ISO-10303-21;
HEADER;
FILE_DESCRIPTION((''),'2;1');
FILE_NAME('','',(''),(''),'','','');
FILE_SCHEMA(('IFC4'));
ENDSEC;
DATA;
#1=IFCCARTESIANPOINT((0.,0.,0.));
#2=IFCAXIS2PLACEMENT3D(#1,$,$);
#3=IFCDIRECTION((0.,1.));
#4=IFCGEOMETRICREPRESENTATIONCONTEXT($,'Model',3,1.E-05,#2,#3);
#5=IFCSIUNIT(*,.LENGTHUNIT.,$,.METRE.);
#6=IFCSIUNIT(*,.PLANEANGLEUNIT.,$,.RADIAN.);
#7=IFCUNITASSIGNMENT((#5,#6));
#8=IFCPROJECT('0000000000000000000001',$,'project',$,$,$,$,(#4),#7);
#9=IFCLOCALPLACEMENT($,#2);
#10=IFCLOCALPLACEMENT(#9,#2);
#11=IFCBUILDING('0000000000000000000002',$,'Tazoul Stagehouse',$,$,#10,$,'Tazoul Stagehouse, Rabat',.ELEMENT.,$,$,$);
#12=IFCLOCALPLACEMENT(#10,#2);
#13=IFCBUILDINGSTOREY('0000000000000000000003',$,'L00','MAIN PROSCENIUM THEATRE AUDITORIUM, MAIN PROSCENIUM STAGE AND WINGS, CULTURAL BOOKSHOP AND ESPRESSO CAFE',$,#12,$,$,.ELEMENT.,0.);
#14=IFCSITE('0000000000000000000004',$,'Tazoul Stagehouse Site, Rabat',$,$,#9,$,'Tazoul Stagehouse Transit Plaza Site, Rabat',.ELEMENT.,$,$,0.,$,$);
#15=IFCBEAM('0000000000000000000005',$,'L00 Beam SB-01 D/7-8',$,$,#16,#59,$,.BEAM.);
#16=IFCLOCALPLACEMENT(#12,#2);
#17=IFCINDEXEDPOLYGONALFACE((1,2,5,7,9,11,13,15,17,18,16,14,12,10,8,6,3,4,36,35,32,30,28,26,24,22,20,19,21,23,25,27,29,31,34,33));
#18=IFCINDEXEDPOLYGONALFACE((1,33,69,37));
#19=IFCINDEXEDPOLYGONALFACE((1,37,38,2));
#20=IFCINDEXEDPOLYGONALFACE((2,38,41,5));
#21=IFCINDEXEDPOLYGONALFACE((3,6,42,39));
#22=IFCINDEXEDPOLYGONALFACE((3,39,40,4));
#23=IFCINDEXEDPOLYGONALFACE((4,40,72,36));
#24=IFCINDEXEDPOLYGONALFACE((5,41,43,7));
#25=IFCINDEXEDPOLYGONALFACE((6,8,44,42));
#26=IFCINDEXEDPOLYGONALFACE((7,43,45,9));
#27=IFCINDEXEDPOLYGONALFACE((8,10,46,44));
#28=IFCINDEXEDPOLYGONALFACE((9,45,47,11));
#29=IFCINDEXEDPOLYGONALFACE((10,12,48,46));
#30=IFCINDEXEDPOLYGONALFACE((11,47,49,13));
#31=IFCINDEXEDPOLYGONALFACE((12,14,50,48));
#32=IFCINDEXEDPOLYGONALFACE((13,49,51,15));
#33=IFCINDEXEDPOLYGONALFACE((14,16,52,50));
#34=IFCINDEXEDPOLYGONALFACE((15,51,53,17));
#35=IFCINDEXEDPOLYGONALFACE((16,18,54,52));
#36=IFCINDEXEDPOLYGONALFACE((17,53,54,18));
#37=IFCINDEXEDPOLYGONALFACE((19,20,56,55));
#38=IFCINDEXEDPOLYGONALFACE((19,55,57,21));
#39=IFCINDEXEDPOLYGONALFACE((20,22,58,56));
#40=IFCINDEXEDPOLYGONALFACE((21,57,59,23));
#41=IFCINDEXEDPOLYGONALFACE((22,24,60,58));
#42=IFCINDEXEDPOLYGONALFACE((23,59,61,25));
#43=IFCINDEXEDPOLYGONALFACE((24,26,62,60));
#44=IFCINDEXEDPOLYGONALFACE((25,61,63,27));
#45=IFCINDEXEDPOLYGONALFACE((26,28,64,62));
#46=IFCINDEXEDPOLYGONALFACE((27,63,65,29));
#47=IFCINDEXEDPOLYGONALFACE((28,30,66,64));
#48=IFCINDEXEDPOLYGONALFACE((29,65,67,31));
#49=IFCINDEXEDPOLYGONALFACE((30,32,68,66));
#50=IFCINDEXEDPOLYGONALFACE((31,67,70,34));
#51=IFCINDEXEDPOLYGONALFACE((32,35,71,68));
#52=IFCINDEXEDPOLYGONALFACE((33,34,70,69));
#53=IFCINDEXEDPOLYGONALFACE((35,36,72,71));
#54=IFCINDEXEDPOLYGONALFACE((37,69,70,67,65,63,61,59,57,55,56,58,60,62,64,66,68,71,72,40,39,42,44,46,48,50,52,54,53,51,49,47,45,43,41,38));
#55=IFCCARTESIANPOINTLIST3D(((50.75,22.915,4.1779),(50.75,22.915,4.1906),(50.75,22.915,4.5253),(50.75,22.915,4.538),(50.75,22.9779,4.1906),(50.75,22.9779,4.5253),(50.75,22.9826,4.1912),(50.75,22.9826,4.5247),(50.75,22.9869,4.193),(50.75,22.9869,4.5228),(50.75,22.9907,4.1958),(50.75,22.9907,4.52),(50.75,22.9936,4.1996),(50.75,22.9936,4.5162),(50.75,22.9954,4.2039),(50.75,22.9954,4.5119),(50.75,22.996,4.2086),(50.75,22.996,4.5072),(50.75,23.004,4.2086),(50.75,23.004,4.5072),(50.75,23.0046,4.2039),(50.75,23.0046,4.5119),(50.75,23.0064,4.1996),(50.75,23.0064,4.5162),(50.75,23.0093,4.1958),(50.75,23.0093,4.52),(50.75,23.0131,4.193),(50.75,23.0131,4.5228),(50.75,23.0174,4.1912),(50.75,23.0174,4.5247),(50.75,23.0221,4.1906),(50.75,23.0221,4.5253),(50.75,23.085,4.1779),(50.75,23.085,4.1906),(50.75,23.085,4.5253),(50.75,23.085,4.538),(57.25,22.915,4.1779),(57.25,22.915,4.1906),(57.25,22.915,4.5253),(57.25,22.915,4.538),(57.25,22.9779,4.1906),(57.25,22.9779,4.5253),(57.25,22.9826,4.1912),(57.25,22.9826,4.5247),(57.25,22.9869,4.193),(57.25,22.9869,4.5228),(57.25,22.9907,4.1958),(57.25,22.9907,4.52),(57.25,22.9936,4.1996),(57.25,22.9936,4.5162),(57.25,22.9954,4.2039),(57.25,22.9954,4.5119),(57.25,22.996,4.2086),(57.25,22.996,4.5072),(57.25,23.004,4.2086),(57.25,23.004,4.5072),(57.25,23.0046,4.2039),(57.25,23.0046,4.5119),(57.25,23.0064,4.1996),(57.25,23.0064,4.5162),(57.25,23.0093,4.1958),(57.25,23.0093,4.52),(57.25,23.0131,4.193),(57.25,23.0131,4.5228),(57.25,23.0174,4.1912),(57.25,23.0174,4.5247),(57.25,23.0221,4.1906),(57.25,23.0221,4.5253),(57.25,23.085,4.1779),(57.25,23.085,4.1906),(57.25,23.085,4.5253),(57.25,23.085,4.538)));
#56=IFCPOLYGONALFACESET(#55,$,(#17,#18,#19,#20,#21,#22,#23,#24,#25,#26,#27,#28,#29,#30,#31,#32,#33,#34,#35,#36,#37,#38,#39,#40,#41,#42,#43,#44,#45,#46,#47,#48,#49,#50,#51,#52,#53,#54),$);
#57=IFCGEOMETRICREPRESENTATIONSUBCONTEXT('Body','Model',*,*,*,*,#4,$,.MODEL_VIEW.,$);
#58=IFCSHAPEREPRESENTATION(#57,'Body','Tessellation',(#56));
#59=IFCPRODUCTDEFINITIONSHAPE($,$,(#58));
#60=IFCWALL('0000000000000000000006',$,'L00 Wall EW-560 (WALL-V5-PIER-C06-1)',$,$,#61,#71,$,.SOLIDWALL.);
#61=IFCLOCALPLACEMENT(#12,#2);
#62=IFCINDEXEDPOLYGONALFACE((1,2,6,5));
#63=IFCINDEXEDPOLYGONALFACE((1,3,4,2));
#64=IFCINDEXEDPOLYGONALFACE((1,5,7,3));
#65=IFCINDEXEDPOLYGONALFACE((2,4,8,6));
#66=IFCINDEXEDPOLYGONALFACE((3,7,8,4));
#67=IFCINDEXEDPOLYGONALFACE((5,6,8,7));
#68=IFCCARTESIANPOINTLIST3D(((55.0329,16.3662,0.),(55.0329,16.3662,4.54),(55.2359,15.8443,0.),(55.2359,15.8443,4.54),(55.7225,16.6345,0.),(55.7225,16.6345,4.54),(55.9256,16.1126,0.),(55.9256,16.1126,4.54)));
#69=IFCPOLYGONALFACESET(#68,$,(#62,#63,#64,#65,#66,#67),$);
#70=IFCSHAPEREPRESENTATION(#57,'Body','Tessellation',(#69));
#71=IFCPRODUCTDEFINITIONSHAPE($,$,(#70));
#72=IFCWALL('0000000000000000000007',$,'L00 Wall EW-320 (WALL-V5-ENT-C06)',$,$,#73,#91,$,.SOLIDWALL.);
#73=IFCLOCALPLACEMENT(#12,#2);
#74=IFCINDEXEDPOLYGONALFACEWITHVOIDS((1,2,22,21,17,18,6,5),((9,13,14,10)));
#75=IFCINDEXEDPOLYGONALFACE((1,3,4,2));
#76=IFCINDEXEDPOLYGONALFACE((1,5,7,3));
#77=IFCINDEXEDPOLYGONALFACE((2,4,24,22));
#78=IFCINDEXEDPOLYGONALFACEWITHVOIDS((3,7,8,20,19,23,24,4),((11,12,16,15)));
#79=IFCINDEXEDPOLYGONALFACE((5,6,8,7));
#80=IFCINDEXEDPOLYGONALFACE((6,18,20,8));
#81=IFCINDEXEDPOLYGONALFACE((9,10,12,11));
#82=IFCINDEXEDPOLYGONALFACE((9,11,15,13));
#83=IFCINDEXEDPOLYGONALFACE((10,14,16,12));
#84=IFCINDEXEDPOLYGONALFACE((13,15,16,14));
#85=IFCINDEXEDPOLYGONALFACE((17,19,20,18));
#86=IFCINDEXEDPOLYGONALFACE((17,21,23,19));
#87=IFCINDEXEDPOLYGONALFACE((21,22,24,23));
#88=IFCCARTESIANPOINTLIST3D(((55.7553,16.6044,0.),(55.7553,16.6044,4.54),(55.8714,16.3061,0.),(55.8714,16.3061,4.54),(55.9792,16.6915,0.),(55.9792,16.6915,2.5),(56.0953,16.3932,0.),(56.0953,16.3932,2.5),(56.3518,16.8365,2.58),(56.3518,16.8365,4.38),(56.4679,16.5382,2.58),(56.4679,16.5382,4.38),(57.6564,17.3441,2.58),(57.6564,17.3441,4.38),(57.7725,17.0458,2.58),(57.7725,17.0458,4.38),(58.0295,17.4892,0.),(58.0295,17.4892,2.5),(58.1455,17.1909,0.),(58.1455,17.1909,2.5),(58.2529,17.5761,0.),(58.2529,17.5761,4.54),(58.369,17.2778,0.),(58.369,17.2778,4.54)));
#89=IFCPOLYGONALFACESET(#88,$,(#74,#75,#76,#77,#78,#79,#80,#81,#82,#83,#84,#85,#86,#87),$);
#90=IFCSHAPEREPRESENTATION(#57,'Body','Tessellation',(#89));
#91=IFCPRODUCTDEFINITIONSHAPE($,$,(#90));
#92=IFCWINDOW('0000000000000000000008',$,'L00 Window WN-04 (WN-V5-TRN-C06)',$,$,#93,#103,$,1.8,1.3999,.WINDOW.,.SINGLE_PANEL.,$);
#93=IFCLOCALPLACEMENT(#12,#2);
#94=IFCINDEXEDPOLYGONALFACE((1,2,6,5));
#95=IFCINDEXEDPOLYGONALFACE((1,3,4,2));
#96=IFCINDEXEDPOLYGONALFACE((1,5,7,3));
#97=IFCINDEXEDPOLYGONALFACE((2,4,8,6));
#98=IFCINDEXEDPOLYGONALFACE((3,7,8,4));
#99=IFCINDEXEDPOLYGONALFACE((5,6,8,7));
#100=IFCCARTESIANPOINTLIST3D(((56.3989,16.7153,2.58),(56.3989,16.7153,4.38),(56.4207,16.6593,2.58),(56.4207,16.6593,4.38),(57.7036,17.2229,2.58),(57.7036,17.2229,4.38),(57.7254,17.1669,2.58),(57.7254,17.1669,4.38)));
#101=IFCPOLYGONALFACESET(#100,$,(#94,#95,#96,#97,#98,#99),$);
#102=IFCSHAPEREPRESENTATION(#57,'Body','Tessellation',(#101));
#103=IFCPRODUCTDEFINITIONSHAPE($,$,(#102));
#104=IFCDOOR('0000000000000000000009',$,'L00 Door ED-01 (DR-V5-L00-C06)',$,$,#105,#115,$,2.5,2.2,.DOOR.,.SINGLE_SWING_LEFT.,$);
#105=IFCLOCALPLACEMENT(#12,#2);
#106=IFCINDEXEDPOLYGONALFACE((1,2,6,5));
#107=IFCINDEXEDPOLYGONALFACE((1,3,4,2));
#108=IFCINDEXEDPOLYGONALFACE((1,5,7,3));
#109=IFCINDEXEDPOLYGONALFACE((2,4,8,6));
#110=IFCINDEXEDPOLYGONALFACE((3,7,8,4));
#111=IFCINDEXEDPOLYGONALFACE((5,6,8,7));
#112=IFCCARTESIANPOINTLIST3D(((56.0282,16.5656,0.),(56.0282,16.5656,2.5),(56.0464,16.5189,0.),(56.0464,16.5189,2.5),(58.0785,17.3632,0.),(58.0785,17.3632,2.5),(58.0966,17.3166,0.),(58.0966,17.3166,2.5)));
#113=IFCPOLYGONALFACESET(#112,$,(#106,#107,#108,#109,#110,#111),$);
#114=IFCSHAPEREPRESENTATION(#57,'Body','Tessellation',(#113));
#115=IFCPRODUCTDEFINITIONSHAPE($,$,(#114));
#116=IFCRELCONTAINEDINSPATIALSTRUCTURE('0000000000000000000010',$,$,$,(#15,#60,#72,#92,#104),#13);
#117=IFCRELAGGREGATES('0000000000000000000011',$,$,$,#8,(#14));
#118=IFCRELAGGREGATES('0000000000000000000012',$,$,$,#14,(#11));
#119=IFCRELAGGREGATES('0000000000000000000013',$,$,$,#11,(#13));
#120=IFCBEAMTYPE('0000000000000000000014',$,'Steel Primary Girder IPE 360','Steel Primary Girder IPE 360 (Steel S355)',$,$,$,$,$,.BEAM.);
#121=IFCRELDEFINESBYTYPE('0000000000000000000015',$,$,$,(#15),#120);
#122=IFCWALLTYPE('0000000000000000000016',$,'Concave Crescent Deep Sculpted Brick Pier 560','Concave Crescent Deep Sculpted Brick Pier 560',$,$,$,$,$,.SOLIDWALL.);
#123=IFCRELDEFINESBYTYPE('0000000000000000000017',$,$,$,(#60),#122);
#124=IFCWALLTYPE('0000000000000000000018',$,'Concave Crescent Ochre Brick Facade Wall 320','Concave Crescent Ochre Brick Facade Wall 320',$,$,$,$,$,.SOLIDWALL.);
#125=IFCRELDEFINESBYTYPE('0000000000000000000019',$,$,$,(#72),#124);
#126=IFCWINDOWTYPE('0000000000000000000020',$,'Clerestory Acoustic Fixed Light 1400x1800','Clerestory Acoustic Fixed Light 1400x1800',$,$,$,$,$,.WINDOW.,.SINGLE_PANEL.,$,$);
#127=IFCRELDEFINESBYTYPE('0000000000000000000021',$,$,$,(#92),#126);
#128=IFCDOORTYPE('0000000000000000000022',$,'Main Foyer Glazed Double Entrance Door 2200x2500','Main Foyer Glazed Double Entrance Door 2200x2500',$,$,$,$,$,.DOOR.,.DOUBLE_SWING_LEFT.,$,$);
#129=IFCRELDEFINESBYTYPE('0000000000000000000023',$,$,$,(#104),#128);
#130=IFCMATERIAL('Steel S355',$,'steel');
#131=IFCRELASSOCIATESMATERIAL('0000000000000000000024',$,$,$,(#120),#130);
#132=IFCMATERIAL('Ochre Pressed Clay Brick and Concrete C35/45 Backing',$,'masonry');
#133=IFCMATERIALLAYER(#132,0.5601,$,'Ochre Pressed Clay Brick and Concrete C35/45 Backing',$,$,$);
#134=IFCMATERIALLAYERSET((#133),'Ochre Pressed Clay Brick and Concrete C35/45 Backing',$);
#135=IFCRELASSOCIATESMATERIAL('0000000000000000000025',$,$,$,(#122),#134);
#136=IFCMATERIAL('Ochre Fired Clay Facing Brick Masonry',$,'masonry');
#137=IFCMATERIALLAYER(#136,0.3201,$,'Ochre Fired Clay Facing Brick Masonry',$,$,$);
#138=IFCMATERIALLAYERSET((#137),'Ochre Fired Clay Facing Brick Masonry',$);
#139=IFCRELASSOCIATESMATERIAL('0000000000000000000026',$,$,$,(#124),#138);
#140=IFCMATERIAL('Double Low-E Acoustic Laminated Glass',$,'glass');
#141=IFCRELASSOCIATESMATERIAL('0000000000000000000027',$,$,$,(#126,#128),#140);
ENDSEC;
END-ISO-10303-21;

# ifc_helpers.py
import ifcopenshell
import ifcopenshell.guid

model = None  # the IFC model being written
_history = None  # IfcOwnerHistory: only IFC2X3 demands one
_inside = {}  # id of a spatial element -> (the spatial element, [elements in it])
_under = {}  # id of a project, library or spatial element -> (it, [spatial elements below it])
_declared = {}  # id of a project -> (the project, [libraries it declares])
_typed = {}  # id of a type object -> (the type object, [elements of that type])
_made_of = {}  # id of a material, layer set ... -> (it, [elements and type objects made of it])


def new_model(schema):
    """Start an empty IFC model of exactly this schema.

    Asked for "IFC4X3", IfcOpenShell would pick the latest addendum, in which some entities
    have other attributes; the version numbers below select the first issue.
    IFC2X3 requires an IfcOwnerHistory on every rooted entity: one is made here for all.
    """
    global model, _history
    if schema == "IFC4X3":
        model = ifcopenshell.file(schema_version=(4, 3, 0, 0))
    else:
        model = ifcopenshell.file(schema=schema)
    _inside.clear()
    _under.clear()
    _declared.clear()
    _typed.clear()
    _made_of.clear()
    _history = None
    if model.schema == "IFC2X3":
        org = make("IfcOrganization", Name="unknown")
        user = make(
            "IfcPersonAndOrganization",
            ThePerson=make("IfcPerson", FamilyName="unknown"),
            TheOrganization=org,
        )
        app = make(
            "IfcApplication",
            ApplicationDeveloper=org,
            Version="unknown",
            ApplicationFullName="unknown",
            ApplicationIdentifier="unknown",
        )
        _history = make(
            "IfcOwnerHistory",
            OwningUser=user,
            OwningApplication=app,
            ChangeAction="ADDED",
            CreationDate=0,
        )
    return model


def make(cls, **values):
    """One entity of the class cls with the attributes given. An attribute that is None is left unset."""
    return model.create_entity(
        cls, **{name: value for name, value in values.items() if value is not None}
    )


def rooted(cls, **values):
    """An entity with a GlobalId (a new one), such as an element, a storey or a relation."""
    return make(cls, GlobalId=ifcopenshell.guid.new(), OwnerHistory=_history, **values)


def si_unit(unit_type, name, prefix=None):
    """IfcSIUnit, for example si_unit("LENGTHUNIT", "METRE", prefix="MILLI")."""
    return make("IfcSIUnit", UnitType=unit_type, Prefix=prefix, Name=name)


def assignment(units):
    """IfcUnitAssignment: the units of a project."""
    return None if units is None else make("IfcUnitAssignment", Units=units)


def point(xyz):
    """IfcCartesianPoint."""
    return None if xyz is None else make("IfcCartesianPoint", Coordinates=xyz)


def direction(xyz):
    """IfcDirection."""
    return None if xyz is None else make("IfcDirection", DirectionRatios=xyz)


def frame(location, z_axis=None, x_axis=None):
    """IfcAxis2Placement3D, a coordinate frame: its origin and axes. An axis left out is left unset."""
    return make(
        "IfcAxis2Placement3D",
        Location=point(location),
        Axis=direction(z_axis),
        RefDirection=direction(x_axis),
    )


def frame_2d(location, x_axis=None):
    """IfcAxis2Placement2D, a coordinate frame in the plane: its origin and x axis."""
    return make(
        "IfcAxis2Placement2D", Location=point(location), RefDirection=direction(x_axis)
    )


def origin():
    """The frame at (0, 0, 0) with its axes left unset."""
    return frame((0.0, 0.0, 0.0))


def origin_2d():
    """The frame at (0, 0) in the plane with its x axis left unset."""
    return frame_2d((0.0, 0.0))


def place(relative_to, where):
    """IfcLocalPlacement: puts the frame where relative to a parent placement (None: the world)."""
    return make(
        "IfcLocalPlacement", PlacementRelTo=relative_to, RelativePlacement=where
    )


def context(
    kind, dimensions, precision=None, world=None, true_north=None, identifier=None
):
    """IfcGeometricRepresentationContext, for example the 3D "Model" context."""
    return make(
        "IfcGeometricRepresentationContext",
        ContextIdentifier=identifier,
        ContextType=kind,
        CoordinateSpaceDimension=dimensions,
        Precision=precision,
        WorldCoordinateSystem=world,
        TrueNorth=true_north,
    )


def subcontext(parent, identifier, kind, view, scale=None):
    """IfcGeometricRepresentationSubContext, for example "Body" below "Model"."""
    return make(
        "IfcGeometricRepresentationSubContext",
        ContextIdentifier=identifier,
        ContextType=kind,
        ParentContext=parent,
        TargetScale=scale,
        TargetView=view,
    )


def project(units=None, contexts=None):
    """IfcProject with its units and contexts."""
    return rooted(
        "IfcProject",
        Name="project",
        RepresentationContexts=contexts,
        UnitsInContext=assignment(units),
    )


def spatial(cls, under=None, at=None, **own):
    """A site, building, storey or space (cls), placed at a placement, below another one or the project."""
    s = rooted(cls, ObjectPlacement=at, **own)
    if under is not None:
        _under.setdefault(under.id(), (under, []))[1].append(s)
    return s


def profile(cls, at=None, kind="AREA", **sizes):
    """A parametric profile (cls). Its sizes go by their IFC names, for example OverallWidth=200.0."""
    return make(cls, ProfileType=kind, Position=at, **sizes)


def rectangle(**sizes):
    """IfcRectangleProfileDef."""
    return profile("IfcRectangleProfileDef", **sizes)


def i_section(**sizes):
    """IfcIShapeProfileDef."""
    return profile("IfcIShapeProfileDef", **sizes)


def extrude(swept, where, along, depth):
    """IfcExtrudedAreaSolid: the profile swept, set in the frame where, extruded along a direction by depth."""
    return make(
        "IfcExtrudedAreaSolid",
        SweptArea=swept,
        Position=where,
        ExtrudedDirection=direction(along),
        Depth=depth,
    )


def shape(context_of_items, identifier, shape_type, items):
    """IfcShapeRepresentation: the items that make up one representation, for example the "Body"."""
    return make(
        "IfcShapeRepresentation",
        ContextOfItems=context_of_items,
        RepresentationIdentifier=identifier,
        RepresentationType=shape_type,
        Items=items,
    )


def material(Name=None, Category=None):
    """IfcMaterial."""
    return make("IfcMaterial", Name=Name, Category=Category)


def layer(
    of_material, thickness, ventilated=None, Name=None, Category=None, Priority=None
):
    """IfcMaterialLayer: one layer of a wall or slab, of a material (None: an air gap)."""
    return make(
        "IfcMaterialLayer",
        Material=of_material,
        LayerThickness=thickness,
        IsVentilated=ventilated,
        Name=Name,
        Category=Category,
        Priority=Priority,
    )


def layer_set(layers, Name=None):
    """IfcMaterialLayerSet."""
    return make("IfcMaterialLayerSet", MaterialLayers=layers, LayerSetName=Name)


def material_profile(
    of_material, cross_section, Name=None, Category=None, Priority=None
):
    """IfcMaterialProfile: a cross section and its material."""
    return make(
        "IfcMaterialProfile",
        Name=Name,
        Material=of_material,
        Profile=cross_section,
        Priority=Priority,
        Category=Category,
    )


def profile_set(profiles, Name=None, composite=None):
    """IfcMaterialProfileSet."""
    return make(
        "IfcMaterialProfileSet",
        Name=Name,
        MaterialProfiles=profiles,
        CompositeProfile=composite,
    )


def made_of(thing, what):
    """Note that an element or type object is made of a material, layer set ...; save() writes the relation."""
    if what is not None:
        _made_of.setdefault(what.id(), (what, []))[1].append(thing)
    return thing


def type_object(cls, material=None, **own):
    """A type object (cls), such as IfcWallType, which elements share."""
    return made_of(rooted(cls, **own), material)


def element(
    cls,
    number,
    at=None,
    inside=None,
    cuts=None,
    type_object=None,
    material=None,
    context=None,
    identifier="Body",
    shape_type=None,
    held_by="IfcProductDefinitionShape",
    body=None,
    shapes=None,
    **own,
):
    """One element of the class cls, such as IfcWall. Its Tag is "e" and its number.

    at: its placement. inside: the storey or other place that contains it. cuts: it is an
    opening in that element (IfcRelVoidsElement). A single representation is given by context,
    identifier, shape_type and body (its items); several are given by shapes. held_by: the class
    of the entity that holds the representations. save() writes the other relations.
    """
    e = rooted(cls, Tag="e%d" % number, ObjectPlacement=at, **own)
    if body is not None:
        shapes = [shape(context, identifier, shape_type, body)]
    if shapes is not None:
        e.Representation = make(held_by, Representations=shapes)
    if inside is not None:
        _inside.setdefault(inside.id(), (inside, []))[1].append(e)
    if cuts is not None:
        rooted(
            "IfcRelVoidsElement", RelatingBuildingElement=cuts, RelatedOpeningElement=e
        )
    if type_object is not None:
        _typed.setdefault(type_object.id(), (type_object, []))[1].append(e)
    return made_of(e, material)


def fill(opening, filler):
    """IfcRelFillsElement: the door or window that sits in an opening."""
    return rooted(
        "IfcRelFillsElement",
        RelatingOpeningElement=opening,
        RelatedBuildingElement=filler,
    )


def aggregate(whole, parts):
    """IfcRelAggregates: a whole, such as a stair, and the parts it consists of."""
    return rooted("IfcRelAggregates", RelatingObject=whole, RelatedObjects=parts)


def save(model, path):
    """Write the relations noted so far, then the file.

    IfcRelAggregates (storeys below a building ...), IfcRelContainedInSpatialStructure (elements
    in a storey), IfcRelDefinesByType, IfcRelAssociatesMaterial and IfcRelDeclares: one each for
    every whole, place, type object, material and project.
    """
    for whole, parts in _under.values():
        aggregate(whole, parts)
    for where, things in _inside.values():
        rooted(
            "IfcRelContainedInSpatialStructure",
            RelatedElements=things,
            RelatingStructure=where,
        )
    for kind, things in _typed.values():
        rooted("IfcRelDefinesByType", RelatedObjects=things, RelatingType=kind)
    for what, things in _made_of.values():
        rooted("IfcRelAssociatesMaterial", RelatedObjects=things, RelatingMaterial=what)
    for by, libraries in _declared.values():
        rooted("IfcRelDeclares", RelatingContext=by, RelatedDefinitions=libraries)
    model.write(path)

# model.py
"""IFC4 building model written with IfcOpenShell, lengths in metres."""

from ifc_helpers import new_model, si_unit, direction, frame, frame_2d, origin, origin_2d, place, context, subcontext, project, spatial, rectangle, i_section, extrude, material, layer, layer_set, material_profile, profile_set, type_object, element, fill, save


model = new_model("IFC4")

# Units and contexts
model_context = context("Model", 3, precision=1e-05, world=origin(), true_north=direction((0.0, 1.0)))
body_context = subcontext(model_context, "Body", "Model", "MODEL_VIEW")
ifc_project = project(units=[si_unit("LENGTHUNIT", "METRE"), si_unit("PLANEANGLEUNIT", "RADIAN")], contexts=[model_context])

# Site, building, storey
site_placement = place(None, origin())
site = spatial("IfcSite", under=ifc_project, at=site_placement, Name="Tazoul Stagehouse Site, Rabat", LongName="Tazoul Stagehouse Transit Plaza Site, Rabat", CompositionType="ELEMENT", RefElevation=0.0)
building_placement = place(site_placement, origin())
building = spatial("IfcBuilding", under=site, at=building_placement, Name="Tazoul Stagehouse", LongName="Tazoul Stagehouse, Rabat", CompositionType="ELEMENT")
storey_placement = place(building_placement, origin())
storey = spatial("IfcBuildingStorey", under=building, at=storey_placement, Name="L00", Description="MAIN PROSCENIUM THEATRE AUDITORIUM, MAIN PROSCENIUM STAGE AND WINGS, CULTURAL BOOKSHOP AND ESPRESSO CAFE", CompositionType="ELEMENT", Elevation=0.0)

# Beam
ifc_material_1 = material(Name="Steel S355", Category="steel")
ifc_material_profile_1 = material_profile(ifc_material_1, i_section(OverallWidth=0.1699, OverallDepth=0.3601, WebThickness=0.0081, FlangeThickness=0.0127, FilletRadius=0.0181, at=origin_2d()), Name="IPE 360")
ifc_profile_set_1 = profile_set([ifc_material_profile_1], Name="Steel S355")
beam_type_1 = type_object("IfcBeamType", Name="Steel Primary Girder IPE 360", Description="Steel Primary Girder IPE 360 (Steel S355)", PredefinedType="BEAM", material=ifc_profile_set_1)
beam_1_placement = place(storey_placement, frame((50.75, 23.0, 4.3579), z_axis=(1.0, 0.0, 0.0), x_axis=(0.0, 1.0, 0.0)))
element("IfcBeam", 1, at=beam_1_placement, inside=storey, type_object=beam_type_1, Name="L00 Beam SB-01 D/7-8", PredefinedType="BEAM", context=body_context, shape_type="SweptSolid", body=[
    extrude(i_section(OverallWidth=0.1699, OverallDepth=0.3601, WebThickness=0.0081, FlangeThickness=0.0127, FilletRadius=0.0181, at=origin_2d()), origin(), (0.0, 0.0, 1.0), 6.5),
])

# Wall
ifc_material_2 = material(Name="Ochre Pressed Clay Brick and Concrete C35/45 Backing", Category="masonry")
ifc_layer_1 = layer(ifc_material_2, 0.5601, Name="Ochre Pressed Clay Brick and Concrete C35/45 Backing")
ifc_layer_set_1 = layer_set([ifc_layer_1], Name="Ochre Pressed Clay Brick and Concrete C35/45 Backing")
wall_type_1 = type_object("IfcWallType", Name="Concave Crescent Deep Sculpted Brick Pier 560", Description="Concave Crescent Deep Sculpted Brick Pier 560", PredefinedType="SOLIDWALL", material=ifc_layer_set_1)
wall_1_placement = place(storey_placement, frame((55.1343, 16.1052, 0.0), z_axis=(0.0, 0.0, 1.0), x_axis=(0.931961, 0.362558, 0.0)))
element("IfcWall", 2, at=wall_1_placement, inside=storey, type_object=wall_type_1, Name="L00 Wall EW-560 (WALL-V5-PIER-C06-1)", PredefinedType="SOLIDWALL", context=body_context, shape_type="SweptSolid", body=[
    extrude(rectangle(XDim=0.74, YDim=0.5601, at=frame_2d((0.3701, 0.0))), origin(), (0.0, 0.0, 1.0), 4.54),
])

# Wall, openings, window, door
ifc_material_3 = material(Name="Ochre Fired Clay Facing Brick Masonry", Category="masonry")
ifc_layer_2 = layer(ifc_material_3, 0.3201, Name="Ochre Fired Clay Facing Brick Masonry")
ifc_layer_set_2 = layer_set([ifc_layer_2], Name="Ochre Fired Clay Facing Brick Masonry")
wall_type_2 = type_object("IfcWallType", Name="Concave Crescent Ochre Brick Facade Wall 320", Description="Concave Crescent Ochre Brick Facade Wall 320", PredefinedType="SOLIDWALL", material=ifc_layer_set_2)
wall_2_placement = place(storey_placement, frame((55.8135, 16.4553, 0.0), z_axis=(0.0, 0.0, 1.0), x_axis=(0.931953, 0.362578, 0.0)))
wall_2 = element("IfcWall", 3, at=wall_2_placement, inside=storey, type_object=wall_type_2, Name="L00 Wall EW-320 (WALL-V5-ENT-C06)", PredefinedType="SOLIDWALL", context=body_context, shape_type="SweptSolid", body=[
    extrude(rectangle(XDim=2.6799, YDim=0.3201, at=frame_2d((1.3398, 0.0))), origin(), (0.0, 0.0, 1.0), 4.54),
])
opening_1_placement = place(wall_2_placement, frame((0.6399, 0.0, 2.5801)))
opening_1 = element("IfcOpeningElement", 4, at=opening_1_placement, cuts=wall_2, PredefinedType="OPENING", context=body_context, shape_type="SweptSolid", body=[
    extrude(rectangle(XDim=1.3999, YDim=1.8, at=frame_2d((0.7, 0.8999))), frame((0.0, 0.1799, 0.0), z_axis=(0.0, -1.0, 0.0), x_axis=(1.0, 0.0, 0.0)), (0.0, 0.0, 1.0), 0.3601),
])
opening_2_placement = place(wall_2_placement, frame((0.24, 0.0, 0.0)))
opening_2 = element("IfcOpeningElement", 5, at=opening_2_placement, cuts=wall_2, PredefinedType="OPENING", context=body_context, shape_type="SweptSolid", body=[
    extrude(rectangle(XDim=2.2, YDim=2.5, at=frame_2d((1.1001, 1.25))), frame((0.0, 0.1799, 0.0), z_axis=(0.0, -1.0, 0.0), x_axis=(1.0, 0.0, 0.0)), (0.0, 0.0, 1.0), 0.3601),
])
ifc_material_4 = material(Name="Double Low-E Acoustic Laminated Glass", Category="glass")
window_type = type_object("IfcWindowType", Name="Clerestory Acoustic Fixed Light 1400x1800", Description="Clerestory Acoustic Fixed Light 1400x1800", PartitioningType="SINGLE_PANEL", PredefinedType="WINDOW", material=ifc_material_4)
window_placement = place(opening_1_placement, origin())
window = element("IfcWindow", 6, at=window_placement, inside=storey, type_object=window_type, Name="L00 Window WN-04 (WN-V5-TRN-C06)", OverallHeight=1.8, OverallWidth=1.3999, PartitioningType="SINGLE_PANEL", PredefinedType="WINDOW", context=body_context, shape_type="SweptSolid", body=[
    extrude(rectangle(XDim=1.3999, YDim=1.8, at=frame_2d((0.7, 0.8999))), frame((0.0, 0.03, 0.0), z_axis=(0.0, -1.0, 0.0), x_axis=(1.0, 0.0, 0.0)), (0.0, 0.0, 1.0), 0.0601),
])
fill(opening_1, window)
door_type = type_object("IfcDoorType", Name="Main Foyer Glazed Double Entrance Door 2200x2500", Description="Main Foyer Glazed Double Entrance Door 2200x2500", OperationType="DOUBLE_SWING_LEFT", PredefinedType="DOOR", material=ifc_material_4)
door_placement = place(opening_2_placement, origin())
door = element("IfcDoor", 7, at=door_placement, inside=storey, type_object=door_type, Name="L00 Door ED-01 (DR-V5-L00-C06)", OperationType="SINGLE_SWING_LEFT", OverallHeight=2.5, OverallWidth=2.2, PredefinedType="DOOR", context=body_context, shape_type="SweptSolid", body=[
    extrude(rectangle(XDim=2.2, YDim=2.5, at=frame_2d((1.1001, 1.25))), frame((0.0, 0.0249, 0.0), z_axis=(0.0, -1.0, 0.0), x_axis=(1.0, 0.0, 0.0)), (0.0, 0.0, 1.0), 0.05),
])
fill(opening_2, door)

save(model, "model.ifc")
